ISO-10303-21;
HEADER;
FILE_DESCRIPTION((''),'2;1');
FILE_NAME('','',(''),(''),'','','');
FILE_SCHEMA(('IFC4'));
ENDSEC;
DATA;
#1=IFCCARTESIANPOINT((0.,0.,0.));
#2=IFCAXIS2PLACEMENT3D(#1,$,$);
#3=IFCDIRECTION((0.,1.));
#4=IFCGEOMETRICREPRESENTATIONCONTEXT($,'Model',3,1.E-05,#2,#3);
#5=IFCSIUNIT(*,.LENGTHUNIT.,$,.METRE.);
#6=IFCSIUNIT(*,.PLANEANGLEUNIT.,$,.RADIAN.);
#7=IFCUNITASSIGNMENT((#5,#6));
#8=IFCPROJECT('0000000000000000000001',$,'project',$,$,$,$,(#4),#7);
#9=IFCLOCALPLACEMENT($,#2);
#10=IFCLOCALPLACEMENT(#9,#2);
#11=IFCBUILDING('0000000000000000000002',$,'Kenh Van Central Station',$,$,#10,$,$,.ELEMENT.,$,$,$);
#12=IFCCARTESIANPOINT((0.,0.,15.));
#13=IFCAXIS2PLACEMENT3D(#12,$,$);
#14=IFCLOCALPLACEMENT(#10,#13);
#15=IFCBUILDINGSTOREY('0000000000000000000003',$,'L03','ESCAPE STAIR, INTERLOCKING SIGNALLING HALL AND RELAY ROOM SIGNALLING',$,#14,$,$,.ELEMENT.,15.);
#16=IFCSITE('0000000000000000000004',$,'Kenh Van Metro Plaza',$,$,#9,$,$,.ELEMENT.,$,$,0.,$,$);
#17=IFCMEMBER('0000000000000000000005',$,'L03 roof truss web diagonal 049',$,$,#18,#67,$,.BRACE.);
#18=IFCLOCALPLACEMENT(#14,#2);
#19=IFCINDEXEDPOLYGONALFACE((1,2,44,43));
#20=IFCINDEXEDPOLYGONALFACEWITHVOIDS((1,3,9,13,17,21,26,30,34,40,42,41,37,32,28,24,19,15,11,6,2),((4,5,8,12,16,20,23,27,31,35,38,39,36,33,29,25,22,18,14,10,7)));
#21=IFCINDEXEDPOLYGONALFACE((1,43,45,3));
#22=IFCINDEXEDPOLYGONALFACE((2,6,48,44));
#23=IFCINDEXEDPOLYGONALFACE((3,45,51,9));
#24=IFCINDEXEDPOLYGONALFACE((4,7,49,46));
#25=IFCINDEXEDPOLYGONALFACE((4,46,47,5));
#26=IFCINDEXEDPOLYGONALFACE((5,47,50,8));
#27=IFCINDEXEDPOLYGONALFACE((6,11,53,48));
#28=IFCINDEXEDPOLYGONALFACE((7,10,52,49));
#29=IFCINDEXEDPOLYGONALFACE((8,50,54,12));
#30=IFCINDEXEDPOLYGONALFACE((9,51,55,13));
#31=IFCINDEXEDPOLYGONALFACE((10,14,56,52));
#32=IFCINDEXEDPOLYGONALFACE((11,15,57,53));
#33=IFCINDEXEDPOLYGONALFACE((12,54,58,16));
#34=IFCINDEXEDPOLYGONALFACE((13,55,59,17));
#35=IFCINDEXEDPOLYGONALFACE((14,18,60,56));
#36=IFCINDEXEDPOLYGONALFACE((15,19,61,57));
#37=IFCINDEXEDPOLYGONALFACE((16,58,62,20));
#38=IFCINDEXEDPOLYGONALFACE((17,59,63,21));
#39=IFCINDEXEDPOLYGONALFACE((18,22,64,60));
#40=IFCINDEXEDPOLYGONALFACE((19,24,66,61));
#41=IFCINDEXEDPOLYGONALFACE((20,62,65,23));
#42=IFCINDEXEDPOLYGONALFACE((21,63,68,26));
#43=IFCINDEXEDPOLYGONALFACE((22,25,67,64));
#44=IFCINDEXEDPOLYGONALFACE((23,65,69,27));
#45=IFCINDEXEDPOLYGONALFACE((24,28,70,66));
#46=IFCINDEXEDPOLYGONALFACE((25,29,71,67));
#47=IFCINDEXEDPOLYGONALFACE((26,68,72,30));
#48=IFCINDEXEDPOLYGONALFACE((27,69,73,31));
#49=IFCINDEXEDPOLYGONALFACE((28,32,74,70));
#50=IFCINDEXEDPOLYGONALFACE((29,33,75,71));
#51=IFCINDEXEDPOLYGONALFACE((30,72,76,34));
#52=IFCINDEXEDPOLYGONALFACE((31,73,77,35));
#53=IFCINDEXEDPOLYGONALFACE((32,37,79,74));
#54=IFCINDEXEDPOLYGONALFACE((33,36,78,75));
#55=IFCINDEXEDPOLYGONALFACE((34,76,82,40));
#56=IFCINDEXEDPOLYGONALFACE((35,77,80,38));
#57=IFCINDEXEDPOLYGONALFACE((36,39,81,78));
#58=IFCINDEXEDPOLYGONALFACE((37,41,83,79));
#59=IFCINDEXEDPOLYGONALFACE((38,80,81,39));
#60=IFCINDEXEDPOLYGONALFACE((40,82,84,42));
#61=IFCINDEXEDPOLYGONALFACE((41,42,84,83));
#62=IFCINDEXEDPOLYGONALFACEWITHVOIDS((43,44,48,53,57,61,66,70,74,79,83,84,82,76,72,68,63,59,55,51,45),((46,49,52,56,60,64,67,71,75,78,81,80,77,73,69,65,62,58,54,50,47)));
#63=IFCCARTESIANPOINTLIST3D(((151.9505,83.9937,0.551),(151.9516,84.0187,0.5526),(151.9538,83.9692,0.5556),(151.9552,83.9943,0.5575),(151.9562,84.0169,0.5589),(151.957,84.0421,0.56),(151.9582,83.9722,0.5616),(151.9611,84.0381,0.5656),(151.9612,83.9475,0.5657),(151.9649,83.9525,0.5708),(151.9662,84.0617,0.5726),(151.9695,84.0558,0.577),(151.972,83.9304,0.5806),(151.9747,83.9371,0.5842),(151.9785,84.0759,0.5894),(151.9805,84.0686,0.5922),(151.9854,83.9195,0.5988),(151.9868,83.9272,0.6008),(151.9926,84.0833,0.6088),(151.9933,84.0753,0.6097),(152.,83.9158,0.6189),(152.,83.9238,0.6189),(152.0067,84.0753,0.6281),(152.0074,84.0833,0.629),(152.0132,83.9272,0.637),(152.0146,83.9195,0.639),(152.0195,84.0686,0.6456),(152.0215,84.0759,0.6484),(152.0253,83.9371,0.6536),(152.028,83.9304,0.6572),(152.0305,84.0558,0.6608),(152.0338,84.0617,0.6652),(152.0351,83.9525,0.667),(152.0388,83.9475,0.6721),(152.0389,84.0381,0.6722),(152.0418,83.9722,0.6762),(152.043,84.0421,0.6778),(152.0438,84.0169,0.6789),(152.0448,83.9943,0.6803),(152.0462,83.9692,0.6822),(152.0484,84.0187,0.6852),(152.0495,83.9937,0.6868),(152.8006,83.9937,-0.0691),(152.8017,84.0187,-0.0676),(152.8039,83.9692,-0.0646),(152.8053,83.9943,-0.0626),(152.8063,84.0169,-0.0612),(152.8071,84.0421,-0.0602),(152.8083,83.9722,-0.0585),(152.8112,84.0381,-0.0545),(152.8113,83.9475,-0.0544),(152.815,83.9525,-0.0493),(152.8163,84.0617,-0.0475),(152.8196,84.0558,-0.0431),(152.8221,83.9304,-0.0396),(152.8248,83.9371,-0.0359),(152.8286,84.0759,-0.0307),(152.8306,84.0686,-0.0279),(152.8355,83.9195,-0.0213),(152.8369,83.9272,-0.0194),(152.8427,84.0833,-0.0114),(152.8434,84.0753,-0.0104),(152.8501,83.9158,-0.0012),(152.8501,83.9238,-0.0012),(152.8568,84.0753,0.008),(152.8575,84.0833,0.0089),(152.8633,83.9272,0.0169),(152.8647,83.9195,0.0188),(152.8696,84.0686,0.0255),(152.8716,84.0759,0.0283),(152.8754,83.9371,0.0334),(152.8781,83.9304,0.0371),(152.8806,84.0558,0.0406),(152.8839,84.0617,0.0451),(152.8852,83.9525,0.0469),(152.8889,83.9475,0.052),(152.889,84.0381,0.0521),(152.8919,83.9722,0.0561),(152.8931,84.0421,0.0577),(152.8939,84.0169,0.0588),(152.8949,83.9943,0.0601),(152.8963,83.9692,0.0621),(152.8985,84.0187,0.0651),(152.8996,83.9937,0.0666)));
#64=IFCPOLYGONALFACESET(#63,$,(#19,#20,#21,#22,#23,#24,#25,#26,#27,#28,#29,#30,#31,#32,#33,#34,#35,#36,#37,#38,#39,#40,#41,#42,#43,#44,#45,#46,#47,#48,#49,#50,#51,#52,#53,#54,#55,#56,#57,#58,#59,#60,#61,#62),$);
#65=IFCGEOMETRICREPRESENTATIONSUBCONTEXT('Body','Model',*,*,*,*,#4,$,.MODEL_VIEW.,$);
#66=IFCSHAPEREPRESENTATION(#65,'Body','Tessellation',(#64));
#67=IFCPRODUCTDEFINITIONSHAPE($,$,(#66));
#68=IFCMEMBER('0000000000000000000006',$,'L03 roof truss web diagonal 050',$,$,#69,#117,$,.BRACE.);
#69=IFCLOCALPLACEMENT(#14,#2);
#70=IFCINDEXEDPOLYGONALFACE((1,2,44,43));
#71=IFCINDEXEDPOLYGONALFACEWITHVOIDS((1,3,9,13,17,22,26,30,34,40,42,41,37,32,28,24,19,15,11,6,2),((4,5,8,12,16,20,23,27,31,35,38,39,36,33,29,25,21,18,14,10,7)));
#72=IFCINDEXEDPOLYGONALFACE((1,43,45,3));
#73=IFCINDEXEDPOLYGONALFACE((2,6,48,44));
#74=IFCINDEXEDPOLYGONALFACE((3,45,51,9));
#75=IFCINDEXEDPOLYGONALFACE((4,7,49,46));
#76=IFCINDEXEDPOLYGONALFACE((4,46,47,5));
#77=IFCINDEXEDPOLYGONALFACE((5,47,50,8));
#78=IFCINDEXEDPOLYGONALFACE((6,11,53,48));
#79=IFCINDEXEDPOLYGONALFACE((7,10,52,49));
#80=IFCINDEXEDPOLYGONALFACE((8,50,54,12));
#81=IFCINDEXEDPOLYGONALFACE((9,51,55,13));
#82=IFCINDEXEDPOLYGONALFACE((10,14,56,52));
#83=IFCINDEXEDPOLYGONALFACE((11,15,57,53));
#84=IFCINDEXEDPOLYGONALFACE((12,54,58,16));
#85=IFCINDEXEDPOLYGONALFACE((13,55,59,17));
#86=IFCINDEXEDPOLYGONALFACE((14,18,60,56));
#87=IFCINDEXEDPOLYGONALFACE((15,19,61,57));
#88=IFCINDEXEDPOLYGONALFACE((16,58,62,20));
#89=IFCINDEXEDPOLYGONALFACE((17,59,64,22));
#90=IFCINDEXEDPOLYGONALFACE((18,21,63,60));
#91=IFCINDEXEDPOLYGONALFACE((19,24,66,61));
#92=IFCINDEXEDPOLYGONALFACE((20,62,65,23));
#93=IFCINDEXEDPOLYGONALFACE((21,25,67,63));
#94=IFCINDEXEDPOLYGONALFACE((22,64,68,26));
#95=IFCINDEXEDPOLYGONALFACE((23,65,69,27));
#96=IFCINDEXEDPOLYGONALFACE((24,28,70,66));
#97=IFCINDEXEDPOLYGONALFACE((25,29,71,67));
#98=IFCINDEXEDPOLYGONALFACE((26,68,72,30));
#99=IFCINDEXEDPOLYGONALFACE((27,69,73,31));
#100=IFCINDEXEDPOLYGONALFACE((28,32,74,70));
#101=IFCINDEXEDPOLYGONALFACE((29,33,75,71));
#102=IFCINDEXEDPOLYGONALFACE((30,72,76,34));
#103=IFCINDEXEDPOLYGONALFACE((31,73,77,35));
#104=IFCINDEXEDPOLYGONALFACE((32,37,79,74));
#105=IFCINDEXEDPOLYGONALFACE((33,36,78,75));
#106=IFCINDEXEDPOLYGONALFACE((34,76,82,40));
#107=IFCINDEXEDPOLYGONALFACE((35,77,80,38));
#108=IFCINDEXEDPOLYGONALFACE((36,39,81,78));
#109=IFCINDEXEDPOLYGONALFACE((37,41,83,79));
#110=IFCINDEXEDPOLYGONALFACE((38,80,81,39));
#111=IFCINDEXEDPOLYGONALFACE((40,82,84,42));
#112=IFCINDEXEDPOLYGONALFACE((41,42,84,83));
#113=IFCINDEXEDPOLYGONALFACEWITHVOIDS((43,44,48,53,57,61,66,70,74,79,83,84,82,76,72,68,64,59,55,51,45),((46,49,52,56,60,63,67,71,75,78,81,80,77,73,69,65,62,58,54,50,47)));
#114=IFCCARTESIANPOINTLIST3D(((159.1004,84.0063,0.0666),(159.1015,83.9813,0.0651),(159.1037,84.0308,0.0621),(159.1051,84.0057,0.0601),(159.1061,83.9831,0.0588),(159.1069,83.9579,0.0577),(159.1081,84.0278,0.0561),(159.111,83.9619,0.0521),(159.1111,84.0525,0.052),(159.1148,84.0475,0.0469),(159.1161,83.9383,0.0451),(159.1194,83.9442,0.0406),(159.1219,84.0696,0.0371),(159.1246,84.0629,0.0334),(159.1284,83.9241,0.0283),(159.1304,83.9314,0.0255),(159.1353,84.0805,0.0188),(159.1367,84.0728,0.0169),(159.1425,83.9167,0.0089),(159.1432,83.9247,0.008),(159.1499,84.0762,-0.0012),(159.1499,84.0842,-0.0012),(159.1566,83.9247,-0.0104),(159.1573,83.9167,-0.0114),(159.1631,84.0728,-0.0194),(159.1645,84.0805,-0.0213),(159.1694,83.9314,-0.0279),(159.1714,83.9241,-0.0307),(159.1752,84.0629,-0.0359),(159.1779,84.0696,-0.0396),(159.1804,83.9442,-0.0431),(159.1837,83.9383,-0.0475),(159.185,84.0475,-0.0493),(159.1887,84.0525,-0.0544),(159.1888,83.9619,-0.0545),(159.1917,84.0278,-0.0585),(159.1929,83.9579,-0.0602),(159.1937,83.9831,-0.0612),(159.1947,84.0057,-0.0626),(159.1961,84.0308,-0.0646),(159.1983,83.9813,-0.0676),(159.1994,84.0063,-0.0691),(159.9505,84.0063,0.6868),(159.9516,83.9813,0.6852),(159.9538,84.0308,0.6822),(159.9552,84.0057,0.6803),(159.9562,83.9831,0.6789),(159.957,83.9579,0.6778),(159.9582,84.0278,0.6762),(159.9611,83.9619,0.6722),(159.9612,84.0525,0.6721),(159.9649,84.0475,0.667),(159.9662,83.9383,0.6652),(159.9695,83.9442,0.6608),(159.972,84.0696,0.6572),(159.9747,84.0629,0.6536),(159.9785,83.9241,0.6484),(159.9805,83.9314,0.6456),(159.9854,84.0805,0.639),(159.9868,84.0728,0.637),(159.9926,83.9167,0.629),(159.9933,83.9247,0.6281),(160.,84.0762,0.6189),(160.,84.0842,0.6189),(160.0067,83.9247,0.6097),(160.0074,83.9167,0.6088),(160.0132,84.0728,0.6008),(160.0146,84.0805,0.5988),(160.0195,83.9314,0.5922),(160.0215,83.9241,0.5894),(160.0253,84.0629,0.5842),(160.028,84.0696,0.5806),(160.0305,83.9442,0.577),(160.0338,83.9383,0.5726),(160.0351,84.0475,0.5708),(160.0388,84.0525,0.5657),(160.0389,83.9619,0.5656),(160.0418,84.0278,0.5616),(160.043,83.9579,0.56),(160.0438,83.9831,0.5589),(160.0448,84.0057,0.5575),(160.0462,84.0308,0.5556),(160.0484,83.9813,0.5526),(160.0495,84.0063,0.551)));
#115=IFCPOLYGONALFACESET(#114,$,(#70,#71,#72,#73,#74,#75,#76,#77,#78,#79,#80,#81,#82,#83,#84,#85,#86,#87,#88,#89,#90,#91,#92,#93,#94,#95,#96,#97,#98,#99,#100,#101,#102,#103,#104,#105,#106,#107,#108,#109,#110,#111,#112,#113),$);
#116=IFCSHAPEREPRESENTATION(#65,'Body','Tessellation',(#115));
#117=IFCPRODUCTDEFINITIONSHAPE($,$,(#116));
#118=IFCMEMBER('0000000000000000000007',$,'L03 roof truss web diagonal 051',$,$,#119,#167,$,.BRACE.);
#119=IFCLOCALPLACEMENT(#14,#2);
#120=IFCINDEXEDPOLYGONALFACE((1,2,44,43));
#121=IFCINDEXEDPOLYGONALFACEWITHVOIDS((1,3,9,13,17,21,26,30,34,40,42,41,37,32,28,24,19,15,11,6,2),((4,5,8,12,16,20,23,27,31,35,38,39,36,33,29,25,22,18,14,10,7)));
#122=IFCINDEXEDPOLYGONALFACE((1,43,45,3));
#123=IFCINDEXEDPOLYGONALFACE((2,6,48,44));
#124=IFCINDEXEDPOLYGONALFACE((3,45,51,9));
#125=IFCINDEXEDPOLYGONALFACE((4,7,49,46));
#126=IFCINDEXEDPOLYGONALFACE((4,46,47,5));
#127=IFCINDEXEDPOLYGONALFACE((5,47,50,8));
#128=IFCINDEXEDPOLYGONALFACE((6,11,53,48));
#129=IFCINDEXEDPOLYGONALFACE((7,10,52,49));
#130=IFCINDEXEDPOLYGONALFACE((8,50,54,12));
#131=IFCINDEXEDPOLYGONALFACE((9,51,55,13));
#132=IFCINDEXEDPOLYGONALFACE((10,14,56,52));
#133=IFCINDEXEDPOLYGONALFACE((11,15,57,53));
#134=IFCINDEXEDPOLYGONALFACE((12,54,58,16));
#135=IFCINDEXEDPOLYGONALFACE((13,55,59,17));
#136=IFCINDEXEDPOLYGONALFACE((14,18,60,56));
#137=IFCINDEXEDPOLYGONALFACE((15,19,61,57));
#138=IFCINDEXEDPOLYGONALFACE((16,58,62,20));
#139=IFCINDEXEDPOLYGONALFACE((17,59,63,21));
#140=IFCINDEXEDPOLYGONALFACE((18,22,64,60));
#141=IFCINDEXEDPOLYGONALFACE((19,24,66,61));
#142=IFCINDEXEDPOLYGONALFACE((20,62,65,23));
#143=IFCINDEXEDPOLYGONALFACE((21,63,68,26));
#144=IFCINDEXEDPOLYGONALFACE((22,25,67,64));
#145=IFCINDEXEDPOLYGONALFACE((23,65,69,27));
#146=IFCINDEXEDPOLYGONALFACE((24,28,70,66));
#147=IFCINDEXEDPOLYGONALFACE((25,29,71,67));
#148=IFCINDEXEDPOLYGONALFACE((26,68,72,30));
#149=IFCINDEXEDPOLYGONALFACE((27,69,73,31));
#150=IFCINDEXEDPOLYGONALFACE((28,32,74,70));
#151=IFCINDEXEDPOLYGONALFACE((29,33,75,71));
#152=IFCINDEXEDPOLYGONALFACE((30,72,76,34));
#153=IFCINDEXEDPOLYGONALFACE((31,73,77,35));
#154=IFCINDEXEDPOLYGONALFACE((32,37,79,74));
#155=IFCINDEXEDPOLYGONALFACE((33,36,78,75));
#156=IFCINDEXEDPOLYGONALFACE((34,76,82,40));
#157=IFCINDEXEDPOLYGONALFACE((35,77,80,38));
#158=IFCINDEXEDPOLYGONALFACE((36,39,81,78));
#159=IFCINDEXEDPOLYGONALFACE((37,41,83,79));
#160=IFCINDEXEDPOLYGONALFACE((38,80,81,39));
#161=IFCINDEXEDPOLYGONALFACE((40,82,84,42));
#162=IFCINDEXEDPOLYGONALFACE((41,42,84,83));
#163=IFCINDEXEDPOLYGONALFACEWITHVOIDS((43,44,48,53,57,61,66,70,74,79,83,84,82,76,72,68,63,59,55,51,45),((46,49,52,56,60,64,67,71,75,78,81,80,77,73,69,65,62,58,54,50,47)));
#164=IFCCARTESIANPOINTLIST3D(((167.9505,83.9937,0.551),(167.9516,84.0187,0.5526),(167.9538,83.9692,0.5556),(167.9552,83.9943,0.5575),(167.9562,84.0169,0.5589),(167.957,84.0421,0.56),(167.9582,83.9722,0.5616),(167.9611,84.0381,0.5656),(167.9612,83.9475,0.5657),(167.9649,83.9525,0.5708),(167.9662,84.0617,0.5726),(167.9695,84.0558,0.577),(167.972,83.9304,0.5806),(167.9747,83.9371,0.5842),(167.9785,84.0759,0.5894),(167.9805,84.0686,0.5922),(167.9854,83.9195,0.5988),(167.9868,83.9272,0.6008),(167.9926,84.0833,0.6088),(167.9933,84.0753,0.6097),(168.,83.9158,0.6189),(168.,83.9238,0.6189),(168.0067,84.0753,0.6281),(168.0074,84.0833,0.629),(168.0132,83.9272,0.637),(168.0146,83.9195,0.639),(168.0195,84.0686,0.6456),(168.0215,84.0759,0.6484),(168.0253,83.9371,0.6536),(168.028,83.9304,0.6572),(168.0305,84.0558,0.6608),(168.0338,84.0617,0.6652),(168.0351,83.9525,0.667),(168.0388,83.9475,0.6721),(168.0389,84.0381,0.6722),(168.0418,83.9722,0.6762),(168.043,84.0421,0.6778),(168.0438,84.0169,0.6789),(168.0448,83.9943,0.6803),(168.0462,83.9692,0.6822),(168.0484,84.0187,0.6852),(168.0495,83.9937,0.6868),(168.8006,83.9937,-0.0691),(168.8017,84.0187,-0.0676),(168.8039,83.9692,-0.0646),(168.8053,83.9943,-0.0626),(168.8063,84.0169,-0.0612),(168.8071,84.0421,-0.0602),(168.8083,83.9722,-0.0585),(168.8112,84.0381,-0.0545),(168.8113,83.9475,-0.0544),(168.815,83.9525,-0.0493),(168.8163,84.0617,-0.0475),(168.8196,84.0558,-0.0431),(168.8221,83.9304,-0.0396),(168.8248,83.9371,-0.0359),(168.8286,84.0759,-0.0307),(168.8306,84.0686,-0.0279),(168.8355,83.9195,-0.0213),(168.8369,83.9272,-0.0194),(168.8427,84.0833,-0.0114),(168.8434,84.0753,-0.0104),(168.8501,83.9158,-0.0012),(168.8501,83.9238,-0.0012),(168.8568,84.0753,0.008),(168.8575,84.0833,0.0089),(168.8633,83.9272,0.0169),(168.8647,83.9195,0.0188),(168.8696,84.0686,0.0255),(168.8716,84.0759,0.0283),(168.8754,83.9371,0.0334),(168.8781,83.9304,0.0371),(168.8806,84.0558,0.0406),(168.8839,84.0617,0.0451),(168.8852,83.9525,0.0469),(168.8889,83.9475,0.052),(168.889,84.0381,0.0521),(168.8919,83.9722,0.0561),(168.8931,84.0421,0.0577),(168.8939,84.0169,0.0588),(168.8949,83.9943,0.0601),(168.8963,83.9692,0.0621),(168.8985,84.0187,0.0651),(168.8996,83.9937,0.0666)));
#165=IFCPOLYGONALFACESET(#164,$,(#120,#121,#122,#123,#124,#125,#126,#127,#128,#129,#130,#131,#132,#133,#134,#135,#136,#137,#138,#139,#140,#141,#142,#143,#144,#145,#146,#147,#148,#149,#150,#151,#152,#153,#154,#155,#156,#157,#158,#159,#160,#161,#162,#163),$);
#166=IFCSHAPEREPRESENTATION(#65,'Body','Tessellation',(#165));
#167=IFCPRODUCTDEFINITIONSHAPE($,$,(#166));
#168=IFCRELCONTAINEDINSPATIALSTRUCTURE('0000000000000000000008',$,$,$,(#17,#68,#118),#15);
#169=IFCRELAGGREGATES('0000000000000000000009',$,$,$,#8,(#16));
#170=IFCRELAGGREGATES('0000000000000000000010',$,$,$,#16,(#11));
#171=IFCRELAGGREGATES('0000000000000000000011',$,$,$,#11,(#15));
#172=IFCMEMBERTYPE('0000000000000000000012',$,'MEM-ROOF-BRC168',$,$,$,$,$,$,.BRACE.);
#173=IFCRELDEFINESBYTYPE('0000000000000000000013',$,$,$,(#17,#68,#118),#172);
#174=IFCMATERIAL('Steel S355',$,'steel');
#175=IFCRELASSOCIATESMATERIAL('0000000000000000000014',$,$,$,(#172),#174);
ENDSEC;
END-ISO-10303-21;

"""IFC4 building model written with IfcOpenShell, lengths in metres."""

from ifc_helpers import new_model, si_unit, direction, frame, origin, origin_2d, place, context, subcontext, project, spatial, hollow_circle, extrude, material, material_profile, profile_set, type_object, element, save


model = new_model("IFC4")

# Units and contexts
model_context = context("Model", 3, precision=1e-05, world=origin(), true_north=direction((0.0, 1.0)))
body_context = subcontext(model_context, "Body", "Model", "MODEL_VIEW")
ifc_project = project(units=[si_unit("LENGTHUNIT", "METRE"), si_unit("PLANEANGLEUNIT", "RADIAN")], contexts=[model_context])

# Site, building, storey
site_placement = place(None, origin())
site = spatial("IfcSite", under=ifc_project, at=site_placement, Name="Kenh Van Metro Plaza", CompositionType="ELEMENT", RefElevation=0.0)
building_placement = place(site_placement, origin())
building = spatial("IfcBuilding", under=site, at=building_placement, Name="Kenh Van Central Station", CompositionType="ELEMENT")
storey_placement = place(building_placement, frame((0.0, 0.0, 15.0)))
storey = spatial("IfcBuildingStorey", under=building, at=storey_placement, Name="L03", Description="ESCAPE STAIR, INTERLOCKING SIGNALLING HALL AND RELAY ROOM SIGNALLING", CompositionType="ELEMENT", Elevation=15.0)

# Shared definitions
ifc_material_1 = material(Name="Steel S355", Category="steel")

# Members
ifc_material_profile_1 = material_profile(ifc_material_1, hollow_circle(Radius=0.0842, WallThickness=0.0081, at=origin_2d()), Name="CHS 168.3x8")
ifc_profile_set_1 = profile_set([ifc_material_profile_1], Name="Steel S355")
member_type_1 = type_object("IfcMemberType", Name="MEM-ROOF-BRC168", PredefinedType="BRACE", material=ifc_profile_set_1)
for number, where, z_axis, x_axis, name in (
    (1, (152.8501, 84.0, -0.0012), (-0.807892, 0.0, 0.58933), (0.0, -1.0, 0.0), "L03 roof truss web diagonal 049"),
    (2, (159.1499, 84.0, -0.0012), (0.807892, 0.0, 0.58933), (0.0, 1.0, 0.0), "L03 roof truss web diagonal 050"),
    (3, (168.8501, 84.0, -0.0012), (-0.807892, 0.0, 0.58933), (0.0, -1.0, 0.0), "L03 roof truss web diagonal 051"),
):
    element("IfcMember", number, at=place(storey_placement, frame(where, z_axis=z_axis, x_axis=x_axis)), inside=storey, type_object=member_type_1, Name=name, PredefinedType="BRACE", context=body_context, shape_type="SweptSolid", body=[
        extrude(hollow_circle(Radius=0.0842, WallThickness=0.0081, at=origin_2d()), origin(), (0.0, 0.0, 1.0), 1.0522),
    ])

save(model, "model.ifc")
